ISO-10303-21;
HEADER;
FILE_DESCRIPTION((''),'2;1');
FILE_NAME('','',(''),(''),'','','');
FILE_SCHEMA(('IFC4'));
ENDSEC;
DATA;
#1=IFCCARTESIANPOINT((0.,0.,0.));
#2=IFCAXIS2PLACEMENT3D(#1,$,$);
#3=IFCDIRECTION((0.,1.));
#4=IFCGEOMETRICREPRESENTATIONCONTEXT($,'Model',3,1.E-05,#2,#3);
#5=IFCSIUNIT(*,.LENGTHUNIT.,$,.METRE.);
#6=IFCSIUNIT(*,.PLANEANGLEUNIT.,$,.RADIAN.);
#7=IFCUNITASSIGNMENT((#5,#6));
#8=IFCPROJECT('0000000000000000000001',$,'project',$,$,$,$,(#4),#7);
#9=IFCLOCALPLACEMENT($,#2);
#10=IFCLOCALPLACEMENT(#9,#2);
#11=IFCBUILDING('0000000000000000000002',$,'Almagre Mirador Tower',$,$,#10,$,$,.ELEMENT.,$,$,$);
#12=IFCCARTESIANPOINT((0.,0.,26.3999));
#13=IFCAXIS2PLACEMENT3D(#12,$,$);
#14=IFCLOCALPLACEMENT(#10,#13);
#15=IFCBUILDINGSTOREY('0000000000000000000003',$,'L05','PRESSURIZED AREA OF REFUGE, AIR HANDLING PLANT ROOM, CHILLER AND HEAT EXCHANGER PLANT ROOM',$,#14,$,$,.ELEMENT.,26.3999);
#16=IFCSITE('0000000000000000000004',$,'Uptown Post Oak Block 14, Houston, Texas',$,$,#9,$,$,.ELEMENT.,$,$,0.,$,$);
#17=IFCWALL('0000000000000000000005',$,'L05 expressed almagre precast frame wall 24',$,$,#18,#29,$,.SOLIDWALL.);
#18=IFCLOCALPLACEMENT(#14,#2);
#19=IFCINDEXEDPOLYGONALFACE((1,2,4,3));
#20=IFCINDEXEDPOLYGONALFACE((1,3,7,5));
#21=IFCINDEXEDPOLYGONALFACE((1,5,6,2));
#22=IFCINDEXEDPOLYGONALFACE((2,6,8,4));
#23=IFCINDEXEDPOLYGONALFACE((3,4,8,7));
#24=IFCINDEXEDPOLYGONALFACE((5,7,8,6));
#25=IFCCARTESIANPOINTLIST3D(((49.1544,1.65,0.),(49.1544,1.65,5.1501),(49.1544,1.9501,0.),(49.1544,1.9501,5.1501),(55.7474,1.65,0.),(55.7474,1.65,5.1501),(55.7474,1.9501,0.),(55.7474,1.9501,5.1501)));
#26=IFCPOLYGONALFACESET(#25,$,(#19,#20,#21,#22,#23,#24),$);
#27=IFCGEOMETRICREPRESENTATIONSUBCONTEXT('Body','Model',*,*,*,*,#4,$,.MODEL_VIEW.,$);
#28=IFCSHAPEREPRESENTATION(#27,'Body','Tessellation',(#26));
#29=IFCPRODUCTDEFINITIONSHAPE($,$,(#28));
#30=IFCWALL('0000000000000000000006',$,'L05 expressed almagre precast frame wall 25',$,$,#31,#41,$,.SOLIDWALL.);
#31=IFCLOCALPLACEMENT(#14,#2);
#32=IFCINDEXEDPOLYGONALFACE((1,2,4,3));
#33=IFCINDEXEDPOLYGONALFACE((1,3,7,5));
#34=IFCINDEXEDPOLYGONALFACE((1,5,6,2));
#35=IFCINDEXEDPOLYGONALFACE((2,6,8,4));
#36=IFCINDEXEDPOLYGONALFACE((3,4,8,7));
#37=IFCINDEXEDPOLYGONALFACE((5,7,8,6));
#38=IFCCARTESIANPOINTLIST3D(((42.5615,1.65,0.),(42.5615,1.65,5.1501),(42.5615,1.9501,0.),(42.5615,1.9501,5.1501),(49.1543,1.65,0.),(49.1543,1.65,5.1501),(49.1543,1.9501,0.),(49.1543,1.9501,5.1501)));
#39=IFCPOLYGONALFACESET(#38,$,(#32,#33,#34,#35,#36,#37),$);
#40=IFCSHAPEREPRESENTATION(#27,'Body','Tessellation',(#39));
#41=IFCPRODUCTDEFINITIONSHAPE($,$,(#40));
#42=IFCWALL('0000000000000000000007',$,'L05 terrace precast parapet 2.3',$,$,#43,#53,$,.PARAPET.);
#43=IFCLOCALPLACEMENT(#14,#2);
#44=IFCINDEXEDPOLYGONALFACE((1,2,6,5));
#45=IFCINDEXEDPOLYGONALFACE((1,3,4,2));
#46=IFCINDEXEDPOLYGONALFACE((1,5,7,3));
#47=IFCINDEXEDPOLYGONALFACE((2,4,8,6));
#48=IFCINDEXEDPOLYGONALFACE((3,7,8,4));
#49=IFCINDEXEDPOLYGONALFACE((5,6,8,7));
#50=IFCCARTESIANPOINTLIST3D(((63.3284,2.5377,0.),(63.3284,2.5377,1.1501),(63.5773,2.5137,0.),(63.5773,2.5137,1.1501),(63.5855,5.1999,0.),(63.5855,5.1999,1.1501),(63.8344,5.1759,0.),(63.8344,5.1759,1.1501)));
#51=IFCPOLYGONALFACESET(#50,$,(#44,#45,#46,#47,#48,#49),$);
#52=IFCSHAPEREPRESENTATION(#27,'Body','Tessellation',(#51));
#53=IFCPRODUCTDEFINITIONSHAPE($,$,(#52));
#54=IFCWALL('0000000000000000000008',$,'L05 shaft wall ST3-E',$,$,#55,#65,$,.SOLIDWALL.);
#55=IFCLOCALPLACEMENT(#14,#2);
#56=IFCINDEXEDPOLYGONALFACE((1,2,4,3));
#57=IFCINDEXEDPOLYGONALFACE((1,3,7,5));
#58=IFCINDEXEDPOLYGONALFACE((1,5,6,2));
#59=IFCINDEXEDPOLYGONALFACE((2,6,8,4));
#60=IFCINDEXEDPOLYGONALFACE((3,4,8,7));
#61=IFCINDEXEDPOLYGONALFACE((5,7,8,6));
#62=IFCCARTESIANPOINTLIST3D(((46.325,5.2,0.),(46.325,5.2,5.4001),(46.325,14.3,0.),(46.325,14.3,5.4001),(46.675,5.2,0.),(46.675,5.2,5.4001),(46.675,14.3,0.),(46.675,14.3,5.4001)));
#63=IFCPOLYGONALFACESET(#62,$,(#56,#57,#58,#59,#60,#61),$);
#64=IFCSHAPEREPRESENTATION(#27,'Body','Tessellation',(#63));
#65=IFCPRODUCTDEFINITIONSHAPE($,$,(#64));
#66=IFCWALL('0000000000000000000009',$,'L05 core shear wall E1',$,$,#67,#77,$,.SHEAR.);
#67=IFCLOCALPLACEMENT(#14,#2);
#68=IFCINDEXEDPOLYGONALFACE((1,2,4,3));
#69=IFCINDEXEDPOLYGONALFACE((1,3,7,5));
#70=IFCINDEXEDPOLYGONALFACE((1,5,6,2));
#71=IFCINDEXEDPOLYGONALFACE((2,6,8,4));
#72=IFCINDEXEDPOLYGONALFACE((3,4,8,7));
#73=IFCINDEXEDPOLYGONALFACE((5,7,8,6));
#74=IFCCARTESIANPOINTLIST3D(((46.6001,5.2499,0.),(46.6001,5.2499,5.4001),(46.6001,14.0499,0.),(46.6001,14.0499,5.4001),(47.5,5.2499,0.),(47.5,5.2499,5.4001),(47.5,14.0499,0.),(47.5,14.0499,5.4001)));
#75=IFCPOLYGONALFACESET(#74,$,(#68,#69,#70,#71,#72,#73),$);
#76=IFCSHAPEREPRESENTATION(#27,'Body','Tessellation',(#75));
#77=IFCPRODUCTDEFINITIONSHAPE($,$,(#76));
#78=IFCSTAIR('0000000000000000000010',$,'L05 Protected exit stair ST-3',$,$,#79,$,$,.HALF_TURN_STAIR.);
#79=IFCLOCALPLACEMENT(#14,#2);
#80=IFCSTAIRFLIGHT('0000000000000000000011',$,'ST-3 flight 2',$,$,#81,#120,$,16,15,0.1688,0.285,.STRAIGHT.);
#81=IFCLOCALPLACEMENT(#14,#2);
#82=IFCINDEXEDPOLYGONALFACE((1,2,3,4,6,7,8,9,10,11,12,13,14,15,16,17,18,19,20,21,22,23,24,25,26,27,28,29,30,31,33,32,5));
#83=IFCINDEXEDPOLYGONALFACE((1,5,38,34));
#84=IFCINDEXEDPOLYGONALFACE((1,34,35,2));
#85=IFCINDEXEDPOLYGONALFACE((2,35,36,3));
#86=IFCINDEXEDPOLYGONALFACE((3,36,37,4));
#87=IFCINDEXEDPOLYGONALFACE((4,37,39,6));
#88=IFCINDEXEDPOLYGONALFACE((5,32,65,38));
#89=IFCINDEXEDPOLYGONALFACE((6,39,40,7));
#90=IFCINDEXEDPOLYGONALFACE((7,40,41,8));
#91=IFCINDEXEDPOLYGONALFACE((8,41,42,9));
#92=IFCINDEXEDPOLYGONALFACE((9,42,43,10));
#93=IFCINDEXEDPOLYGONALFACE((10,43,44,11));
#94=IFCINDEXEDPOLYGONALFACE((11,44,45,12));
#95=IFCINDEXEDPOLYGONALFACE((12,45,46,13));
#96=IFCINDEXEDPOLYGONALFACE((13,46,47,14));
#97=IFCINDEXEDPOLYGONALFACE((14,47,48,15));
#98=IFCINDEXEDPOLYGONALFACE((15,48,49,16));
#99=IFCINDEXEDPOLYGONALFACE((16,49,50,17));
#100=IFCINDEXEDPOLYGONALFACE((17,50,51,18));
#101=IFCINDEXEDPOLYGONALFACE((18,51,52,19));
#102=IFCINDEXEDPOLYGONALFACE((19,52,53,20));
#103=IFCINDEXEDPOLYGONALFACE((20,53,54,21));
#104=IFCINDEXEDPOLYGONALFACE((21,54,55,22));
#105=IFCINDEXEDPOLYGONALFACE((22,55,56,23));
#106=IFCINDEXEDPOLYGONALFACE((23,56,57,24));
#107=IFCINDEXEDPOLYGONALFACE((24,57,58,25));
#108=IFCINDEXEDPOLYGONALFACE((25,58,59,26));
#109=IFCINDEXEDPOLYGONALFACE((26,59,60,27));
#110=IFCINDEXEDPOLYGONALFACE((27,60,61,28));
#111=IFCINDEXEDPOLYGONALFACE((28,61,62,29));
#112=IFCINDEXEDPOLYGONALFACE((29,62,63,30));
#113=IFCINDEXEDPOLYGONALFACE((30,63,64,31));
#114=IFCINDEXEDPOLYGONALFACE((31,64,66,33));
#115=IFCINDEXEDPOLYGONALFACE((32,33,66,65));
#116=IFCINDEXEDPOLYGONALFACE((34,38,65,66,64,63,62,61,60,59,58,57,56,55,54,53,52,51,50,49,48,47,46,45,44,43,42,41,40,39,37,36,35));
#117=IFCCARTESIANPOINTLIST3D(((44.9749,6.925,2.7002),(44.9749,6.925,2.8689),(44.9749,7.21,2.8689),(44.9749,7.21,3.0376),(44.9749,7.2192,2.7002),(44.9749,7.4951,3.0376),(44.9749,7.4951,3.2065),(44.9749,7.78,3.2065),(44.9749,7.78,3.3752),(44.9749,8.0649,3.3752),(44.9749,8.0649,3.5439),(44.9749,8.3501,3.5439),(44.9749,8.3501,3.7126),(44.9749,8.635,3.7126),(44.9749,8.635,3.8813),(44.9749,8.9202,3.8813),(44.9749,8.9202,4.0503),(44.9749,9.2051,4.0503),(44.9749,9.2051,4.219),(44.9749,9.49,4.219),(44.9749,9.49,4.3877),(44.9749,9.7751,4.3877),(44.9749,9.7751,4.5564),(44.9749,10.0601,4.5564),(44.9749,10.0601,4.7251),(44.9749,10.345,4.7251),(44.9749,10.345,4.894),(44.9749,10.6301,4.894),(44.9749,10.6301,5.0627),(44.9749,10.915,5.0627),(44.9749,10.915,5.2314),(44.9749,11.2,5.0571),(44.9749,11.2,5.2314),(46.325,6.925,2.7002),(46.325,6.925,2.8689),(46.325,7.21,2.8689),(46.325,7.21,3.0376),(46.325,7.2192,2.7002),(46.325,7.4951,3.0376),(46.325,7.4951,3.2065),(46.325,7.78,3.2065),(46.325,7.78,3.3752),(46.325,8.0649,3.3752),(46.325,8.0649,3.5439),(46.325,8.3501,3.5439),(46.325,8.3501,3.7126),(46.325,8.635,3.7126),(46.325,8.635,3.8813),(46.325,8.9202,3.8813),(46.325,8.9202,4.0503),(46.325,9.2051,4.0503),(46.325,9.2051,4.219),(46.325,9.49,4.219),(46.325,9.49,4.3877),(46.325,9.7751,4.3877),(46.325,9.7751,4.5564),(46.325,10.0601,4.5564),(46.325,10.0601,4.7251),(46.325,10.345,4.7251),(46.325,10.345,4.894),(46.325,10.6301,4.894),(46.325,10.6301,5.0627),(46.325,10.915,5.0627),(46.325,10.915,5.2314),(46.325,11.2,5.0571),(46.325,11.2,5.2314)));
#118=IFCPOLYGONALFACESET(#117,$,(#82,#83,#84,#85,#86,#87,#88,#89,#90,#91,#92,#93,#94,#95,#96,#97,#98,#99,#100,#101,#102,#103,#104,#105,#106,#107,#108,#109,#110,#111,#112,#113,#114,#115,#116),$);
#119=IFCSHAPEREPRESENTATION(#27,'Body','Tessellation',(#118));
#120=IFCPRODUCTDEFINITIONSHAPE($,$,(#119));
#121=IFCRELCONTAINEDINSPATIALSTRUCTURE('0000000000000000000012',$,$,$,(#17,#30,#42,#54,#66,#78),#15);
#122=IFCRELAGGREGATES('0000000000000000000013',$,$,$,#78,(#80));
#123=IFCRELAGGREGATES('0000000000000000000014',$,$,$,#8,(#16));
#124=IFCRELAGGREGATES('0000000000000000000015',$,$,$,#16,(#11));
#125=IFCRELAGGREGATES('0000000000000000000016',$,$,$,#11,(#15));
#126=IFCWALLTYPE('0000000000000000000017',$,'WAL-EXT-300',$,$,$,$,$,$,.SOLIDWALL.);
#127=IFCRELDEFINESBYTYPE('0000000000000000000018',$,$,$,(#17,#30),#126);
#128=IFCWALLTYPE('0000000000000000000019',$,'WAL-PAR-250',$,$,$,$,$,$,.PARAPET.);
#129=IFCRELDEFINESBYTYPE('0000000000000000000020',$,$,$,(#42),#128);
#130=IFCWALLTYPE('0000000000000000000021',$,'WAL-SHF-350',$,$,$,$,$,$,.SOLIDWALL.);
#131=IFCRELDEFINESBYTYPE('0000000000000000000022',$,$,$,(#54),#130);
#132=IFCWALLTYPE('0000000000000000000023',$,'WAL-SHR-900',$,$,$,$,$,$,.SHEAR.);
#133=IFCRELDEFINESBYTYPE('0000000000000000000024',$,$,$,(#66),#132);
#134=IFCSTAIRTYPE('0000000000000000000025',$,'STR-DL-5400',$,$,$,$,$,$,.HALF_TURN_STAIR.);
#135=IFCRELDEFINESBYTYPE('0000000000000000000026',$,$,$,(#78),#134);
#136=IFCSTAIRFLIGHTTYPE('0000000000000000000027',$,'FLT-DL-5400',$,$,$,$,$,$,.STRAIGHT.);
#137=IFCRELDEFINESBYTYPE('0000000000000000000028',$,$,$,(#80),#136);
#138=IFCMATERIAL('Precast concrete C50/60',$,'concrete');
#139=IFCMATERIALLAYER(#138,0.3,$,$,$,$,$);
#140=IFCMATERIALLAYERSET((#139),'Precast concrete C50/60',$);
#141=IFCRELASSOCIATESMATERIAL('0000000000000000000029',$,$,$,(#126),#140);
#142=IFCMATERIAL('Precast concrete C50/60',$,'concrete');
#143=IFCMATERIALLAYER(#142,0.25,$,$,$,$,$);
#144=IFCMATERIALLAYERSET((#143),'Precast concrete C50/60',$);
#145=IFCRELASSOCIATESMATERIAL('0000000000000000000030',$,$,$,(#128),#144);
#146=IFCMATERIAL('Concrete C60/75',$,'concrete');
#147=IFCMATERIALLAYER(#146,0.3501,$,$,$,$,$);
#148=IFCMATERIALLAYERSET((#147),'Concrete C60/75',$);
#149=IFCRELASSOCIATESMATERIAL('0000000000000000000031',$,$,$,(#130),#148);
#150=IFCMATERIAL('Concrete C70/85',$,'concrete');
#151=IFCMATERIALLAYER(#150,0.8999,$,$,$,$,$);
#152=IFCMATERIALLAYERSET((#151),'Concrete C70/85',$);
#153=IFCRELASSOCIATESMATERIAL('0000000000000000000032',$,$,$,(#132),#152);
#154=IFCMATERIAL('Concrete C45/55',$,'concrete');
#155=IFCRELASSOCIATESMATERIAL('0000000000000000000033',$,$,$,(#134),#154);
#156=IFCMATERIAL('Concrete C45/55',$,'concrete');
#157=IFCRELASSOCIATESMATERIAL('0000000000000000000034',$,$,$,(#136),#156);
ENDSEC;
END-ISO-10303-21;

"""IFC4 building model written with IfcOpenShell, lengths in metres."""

from ifc_helpers import new_model, si_unit, direction, frame, frame_2d, origin, place, context, subcontext, project, spatial, polyline, rectangle, outline, extrude, material, layer, layer_set, type_object, element, aggregate, save


model = new_model("IFC4")

# Units and contexts
model_context = context("Model", 3, precision=1e-05, world=origin(), true_north=direction((0.0, 1.0)))
body_context = subcontext(model_context, "Body", "Model", "MODEL_VIEW")
ifc_project = project(units=[si_unit("LENGTHUNIT", "METRE"), si_unit("PLANEANGLEUNIT", "RADIAN")], contexts=[model_context])

# Site, building, storey
site_placement = place(None, origin())
site = spatial("IfcSite", under=ifc_project, at=site_placement, Name="Uptown Post Oak Block 14, Houston, Texas", CompositionType="ELEMENT", RefElevation=0.0)
building_placement = place(site_placement, origin())
building = spatial("IfcBuilding", under=site, at=building_placement, Name="Almagre Mirador Tower", CompositionType="ELEMENT")
storey_placement = place(building_placement, frame((0.0, 0.0, 26.3999)))
storey = spatial("IfcBuildingStorey", under=building, at=storey_placement, Name="L05", Description="PRESSURIZED AREA OF REFUGE, AIR HANDLING PLANT ROOM, CHILLER AND HEAT EXCHANGER PLANT ROOM", CompositionType="ELEMENT", Elevation=26.3999)

# Walls
ifc_material_1 = material(Name="Precast concrete C50/60", Category="concrete")
ifc_layer_1 = layer(ifc_material_1, 0.3)
ifc_layer_set_1 = layer_set([ifc_layer_1], Name="Precast concrete C50/60")
wall_type_1 = type_object("IfcWallType", Name="WAL-EXT-300", PredefinedType="SOLIDWALL", material=ifc_layer_set_1)
wall_1_placement = place(storey_placement, frame((55.7473, 1.8, 0.0), z_axis=(0.0, 0.0, 1.0), x_axis=(-1.0, 0.0, 0.0)))
element("IfcWall", 1, at=wall_1_placement, inside=storey, type_object=wall_type_1, Name="L05 expressed almagre precast frame wall 24", PredefinedType="SOLIDWALL", context=body_context, shape_type="SweptSolid", body=[
    extrude(rectangle(XDim=6.593, YDim=0.3, at=frame_2d((3.2964, 0.0))), origin(), (0.0, 0.0, 1.0), 5.1501),
])
wall_2_placement = place(storey_placement, frame((49.1543, 1.8, 0.0), z_axis=(0.0, 0.0, 1.0), x_axis=(-1.0, 0.0, 0.0)))
element("IfcWall", 2, at=wall_2_placement, inside=storey, type_object=wall_type_1, Name="L05 expressed almagre precast frame wall 25", PredefinedType="SOLIDWALL", context=body_context, shape_type="SweptSolid", body=[
    extrude(rectangle(XDim=6.5928, YDim=0.3, at=frame_2d((3.2964, 0.0))), origin(), (0.0, 0.0, 1.0), 5.1501),
])
ifc_material_2 = material(Name="Precast concrete C50/60", Category="concrete")
ifc_layer_2 = layer(ifc_material_2, 0.25)
ifc_layer_set_2 = layer_set([ifc_layer_2], Name="Precast concrete C50/60")
wall_type_2 = type_object("IfcWallType", Name="WAL-PAR-250", PredefinedType="PARAPET", material=ifc_layer_set_2)
wall_3_placement = place(storey_placement, frame((63.71, 5.188, 0.0), z_axis=(0.0, 0.0, 1.0), x_axis=(-0.096123, -0.995369, 0.0)))
element("IfcWall", 3, at=wall_3_placement, inside=storey, type_object=wall_type_2, Name="L05 terrace precast parapet 2.3", PredefinedType="PARAPET", context=body_context, shape_type="SweptSolid", body=[
    extrude(rectangle(XDim=2.6746, YDim=0.25, at=frame_2d((1.3374, 0.0))), origin(), (0.0, 0.0, 1.0), 1.1501),
])
ifc_material_3 = material(Name="Concrete C60/75", Category="concrete")
ifc_layer_3 = layer(ifc_material_3, 0.3501)
ifc_layer_set_3 = layer_set([ifc_layer_3], Name="Concrete C60/75")
wall_type_3 = type_object("IfcWallType", Name="WAL-SHF-350", PredefinedType="SOLIDWALL", material=ifc_layer_set_3)
wall_4_placement = place(storey_placement, frame((46.5, 5.2, 0.0), z_axis=(0.0, 0.0, 1.0), x_axis=(0.0, 1.0, 0.0)))
element("IfcWall", 4, at=wall_4_placement, inside=storey, type_object=wall_type_3, Name="L05 shaft wall ST3-E", PredefinedType="SOLIDWALL", context=body_context, shape_type="SweptSolid", body=[
    extrude(rectangle(XDim=9.1001, YDim=0.3501, at=frame_2d((4.55, 0.0))), origin(), (0.0, 0.0, 1.0), 5.4001),
])
ifc_material_4 = material(Name="Concrete C70/85", Category="concrete")
ifc_layer_4 = layer(ifc_material_4, 0.8999)
ifc_layer_set_4 = layer_set([ifc_layer_4], Name="Concrete C70/85")
wall_type_4 = type_object("IfcWallType", Name="WAL-SHR-900", PredefinedType="SHEAR", material=ifc_layer_set_4)
wall_5_placement = place(storey_placement, frame((47.05, 5.25, 0.0), z_axis=(0.0, 0.0, 1.0), x_axis=(0.0, 1.0, 0.0)))
element("IfcWall", 5, at=wall_5_placement, inside=storey, type_object=wall_type_4, Name="L05 core shear wall E1", PredefinedType="SHEAR", context=body_context, shape_type="SweptSolid", body=[
    extrude(rectangle(XDim=8.8, YDim=0.8999, at=frame_2d((4.3999, 0.0))), origin(), (0.0, 0.0, 1.0), 5.4001),
])

# Stair, stair flight
ifc_material_5 = material(Name="Concrete C45/55", Category="concrete")
stair_type = type_object("IfcStairType", Name="STR-DL-5400", PredefinedType="HALF_TURN_STAIR", material=ifc_material_5)
stair_placement = place(storey_placement, origin())
stair = element("IfcStair", 6, at=stair_placement, inside=storey, type_object=stair_type, Name="L05 Protected exit stair ST-3", PredefinedType="HALF_TURN_STAIR")
ifc_material_6 = material(Name="Concrete C45/55", Category="concrete")
stair_flight_type = type_object("IfcStairFlightType", Name="FLT-DL-5400", PredefinedType="STRAIGHT", material=ifc_material_6)
stair_flight_placement = place(storey_placement, frame((45.6499, 6.925, 2.7002), z_axis=(0.0, 0.0, 1.0), x_axis=(0.0, 1.0, 0.0)))
stair_flight = element("IfcStairFlight", 7, at=stair_flight_placement, type_object=stair_flight_type, Name="ST-3 flight 2", NumberOfRisers=16, NumberOfTreads=15, PredefinedType="STRAIGHT", RiserHeight=0.1688, TreadLength=0.285, context=body_context, shape_type="SweptSolid", body=[
    extrude(outline(polyline([(0.0, 0.0), (0.0, 0.1687), (0.2849, 0.1687), (0.2849, 0.3374), (0.5701, 0.3374), (0.5701, 0.5063), (0.855, 0.5063), (0.855, 0.675), (1.1399, 0.675), (1.1399, 0.8438), (1.425, 0.8438), (1.425, 1.0125), (1.71, 1.0125), (1.71, 1.1812), (1.9951, 1.1812), (1.9951, 1.3501), (2.28, 1.3501), (2.28, 1.5188), (2.5649, 1.5188), (2.5649, 1.6875), (2.8501, 1.6875), (2.8501, 1.8562), (3.135, 1.8562), (3.135, 2.0249), (3.4199, 2.0249), (3.4199, 2.1938), (3.7051, 2.1938), (3.7051, 2.3625), (3.99, 2.3625), (3.99, 2.5312), (4.2749, 2.5312), (4.2749, 2.7), (4.2749, 2.3569), (0.2942, 0.0), (0.0, 0.0)])), frame((0.0, 0.675, 0.0), z_axis=(0.0, -1.0, 0.0), x_axis=(1.0, 0.0, 0.0)), (0.0, 0.0, 1.0), 1.3501),
])
aggregate(stair, [stair_flight])

save(model, "model.ifc")
